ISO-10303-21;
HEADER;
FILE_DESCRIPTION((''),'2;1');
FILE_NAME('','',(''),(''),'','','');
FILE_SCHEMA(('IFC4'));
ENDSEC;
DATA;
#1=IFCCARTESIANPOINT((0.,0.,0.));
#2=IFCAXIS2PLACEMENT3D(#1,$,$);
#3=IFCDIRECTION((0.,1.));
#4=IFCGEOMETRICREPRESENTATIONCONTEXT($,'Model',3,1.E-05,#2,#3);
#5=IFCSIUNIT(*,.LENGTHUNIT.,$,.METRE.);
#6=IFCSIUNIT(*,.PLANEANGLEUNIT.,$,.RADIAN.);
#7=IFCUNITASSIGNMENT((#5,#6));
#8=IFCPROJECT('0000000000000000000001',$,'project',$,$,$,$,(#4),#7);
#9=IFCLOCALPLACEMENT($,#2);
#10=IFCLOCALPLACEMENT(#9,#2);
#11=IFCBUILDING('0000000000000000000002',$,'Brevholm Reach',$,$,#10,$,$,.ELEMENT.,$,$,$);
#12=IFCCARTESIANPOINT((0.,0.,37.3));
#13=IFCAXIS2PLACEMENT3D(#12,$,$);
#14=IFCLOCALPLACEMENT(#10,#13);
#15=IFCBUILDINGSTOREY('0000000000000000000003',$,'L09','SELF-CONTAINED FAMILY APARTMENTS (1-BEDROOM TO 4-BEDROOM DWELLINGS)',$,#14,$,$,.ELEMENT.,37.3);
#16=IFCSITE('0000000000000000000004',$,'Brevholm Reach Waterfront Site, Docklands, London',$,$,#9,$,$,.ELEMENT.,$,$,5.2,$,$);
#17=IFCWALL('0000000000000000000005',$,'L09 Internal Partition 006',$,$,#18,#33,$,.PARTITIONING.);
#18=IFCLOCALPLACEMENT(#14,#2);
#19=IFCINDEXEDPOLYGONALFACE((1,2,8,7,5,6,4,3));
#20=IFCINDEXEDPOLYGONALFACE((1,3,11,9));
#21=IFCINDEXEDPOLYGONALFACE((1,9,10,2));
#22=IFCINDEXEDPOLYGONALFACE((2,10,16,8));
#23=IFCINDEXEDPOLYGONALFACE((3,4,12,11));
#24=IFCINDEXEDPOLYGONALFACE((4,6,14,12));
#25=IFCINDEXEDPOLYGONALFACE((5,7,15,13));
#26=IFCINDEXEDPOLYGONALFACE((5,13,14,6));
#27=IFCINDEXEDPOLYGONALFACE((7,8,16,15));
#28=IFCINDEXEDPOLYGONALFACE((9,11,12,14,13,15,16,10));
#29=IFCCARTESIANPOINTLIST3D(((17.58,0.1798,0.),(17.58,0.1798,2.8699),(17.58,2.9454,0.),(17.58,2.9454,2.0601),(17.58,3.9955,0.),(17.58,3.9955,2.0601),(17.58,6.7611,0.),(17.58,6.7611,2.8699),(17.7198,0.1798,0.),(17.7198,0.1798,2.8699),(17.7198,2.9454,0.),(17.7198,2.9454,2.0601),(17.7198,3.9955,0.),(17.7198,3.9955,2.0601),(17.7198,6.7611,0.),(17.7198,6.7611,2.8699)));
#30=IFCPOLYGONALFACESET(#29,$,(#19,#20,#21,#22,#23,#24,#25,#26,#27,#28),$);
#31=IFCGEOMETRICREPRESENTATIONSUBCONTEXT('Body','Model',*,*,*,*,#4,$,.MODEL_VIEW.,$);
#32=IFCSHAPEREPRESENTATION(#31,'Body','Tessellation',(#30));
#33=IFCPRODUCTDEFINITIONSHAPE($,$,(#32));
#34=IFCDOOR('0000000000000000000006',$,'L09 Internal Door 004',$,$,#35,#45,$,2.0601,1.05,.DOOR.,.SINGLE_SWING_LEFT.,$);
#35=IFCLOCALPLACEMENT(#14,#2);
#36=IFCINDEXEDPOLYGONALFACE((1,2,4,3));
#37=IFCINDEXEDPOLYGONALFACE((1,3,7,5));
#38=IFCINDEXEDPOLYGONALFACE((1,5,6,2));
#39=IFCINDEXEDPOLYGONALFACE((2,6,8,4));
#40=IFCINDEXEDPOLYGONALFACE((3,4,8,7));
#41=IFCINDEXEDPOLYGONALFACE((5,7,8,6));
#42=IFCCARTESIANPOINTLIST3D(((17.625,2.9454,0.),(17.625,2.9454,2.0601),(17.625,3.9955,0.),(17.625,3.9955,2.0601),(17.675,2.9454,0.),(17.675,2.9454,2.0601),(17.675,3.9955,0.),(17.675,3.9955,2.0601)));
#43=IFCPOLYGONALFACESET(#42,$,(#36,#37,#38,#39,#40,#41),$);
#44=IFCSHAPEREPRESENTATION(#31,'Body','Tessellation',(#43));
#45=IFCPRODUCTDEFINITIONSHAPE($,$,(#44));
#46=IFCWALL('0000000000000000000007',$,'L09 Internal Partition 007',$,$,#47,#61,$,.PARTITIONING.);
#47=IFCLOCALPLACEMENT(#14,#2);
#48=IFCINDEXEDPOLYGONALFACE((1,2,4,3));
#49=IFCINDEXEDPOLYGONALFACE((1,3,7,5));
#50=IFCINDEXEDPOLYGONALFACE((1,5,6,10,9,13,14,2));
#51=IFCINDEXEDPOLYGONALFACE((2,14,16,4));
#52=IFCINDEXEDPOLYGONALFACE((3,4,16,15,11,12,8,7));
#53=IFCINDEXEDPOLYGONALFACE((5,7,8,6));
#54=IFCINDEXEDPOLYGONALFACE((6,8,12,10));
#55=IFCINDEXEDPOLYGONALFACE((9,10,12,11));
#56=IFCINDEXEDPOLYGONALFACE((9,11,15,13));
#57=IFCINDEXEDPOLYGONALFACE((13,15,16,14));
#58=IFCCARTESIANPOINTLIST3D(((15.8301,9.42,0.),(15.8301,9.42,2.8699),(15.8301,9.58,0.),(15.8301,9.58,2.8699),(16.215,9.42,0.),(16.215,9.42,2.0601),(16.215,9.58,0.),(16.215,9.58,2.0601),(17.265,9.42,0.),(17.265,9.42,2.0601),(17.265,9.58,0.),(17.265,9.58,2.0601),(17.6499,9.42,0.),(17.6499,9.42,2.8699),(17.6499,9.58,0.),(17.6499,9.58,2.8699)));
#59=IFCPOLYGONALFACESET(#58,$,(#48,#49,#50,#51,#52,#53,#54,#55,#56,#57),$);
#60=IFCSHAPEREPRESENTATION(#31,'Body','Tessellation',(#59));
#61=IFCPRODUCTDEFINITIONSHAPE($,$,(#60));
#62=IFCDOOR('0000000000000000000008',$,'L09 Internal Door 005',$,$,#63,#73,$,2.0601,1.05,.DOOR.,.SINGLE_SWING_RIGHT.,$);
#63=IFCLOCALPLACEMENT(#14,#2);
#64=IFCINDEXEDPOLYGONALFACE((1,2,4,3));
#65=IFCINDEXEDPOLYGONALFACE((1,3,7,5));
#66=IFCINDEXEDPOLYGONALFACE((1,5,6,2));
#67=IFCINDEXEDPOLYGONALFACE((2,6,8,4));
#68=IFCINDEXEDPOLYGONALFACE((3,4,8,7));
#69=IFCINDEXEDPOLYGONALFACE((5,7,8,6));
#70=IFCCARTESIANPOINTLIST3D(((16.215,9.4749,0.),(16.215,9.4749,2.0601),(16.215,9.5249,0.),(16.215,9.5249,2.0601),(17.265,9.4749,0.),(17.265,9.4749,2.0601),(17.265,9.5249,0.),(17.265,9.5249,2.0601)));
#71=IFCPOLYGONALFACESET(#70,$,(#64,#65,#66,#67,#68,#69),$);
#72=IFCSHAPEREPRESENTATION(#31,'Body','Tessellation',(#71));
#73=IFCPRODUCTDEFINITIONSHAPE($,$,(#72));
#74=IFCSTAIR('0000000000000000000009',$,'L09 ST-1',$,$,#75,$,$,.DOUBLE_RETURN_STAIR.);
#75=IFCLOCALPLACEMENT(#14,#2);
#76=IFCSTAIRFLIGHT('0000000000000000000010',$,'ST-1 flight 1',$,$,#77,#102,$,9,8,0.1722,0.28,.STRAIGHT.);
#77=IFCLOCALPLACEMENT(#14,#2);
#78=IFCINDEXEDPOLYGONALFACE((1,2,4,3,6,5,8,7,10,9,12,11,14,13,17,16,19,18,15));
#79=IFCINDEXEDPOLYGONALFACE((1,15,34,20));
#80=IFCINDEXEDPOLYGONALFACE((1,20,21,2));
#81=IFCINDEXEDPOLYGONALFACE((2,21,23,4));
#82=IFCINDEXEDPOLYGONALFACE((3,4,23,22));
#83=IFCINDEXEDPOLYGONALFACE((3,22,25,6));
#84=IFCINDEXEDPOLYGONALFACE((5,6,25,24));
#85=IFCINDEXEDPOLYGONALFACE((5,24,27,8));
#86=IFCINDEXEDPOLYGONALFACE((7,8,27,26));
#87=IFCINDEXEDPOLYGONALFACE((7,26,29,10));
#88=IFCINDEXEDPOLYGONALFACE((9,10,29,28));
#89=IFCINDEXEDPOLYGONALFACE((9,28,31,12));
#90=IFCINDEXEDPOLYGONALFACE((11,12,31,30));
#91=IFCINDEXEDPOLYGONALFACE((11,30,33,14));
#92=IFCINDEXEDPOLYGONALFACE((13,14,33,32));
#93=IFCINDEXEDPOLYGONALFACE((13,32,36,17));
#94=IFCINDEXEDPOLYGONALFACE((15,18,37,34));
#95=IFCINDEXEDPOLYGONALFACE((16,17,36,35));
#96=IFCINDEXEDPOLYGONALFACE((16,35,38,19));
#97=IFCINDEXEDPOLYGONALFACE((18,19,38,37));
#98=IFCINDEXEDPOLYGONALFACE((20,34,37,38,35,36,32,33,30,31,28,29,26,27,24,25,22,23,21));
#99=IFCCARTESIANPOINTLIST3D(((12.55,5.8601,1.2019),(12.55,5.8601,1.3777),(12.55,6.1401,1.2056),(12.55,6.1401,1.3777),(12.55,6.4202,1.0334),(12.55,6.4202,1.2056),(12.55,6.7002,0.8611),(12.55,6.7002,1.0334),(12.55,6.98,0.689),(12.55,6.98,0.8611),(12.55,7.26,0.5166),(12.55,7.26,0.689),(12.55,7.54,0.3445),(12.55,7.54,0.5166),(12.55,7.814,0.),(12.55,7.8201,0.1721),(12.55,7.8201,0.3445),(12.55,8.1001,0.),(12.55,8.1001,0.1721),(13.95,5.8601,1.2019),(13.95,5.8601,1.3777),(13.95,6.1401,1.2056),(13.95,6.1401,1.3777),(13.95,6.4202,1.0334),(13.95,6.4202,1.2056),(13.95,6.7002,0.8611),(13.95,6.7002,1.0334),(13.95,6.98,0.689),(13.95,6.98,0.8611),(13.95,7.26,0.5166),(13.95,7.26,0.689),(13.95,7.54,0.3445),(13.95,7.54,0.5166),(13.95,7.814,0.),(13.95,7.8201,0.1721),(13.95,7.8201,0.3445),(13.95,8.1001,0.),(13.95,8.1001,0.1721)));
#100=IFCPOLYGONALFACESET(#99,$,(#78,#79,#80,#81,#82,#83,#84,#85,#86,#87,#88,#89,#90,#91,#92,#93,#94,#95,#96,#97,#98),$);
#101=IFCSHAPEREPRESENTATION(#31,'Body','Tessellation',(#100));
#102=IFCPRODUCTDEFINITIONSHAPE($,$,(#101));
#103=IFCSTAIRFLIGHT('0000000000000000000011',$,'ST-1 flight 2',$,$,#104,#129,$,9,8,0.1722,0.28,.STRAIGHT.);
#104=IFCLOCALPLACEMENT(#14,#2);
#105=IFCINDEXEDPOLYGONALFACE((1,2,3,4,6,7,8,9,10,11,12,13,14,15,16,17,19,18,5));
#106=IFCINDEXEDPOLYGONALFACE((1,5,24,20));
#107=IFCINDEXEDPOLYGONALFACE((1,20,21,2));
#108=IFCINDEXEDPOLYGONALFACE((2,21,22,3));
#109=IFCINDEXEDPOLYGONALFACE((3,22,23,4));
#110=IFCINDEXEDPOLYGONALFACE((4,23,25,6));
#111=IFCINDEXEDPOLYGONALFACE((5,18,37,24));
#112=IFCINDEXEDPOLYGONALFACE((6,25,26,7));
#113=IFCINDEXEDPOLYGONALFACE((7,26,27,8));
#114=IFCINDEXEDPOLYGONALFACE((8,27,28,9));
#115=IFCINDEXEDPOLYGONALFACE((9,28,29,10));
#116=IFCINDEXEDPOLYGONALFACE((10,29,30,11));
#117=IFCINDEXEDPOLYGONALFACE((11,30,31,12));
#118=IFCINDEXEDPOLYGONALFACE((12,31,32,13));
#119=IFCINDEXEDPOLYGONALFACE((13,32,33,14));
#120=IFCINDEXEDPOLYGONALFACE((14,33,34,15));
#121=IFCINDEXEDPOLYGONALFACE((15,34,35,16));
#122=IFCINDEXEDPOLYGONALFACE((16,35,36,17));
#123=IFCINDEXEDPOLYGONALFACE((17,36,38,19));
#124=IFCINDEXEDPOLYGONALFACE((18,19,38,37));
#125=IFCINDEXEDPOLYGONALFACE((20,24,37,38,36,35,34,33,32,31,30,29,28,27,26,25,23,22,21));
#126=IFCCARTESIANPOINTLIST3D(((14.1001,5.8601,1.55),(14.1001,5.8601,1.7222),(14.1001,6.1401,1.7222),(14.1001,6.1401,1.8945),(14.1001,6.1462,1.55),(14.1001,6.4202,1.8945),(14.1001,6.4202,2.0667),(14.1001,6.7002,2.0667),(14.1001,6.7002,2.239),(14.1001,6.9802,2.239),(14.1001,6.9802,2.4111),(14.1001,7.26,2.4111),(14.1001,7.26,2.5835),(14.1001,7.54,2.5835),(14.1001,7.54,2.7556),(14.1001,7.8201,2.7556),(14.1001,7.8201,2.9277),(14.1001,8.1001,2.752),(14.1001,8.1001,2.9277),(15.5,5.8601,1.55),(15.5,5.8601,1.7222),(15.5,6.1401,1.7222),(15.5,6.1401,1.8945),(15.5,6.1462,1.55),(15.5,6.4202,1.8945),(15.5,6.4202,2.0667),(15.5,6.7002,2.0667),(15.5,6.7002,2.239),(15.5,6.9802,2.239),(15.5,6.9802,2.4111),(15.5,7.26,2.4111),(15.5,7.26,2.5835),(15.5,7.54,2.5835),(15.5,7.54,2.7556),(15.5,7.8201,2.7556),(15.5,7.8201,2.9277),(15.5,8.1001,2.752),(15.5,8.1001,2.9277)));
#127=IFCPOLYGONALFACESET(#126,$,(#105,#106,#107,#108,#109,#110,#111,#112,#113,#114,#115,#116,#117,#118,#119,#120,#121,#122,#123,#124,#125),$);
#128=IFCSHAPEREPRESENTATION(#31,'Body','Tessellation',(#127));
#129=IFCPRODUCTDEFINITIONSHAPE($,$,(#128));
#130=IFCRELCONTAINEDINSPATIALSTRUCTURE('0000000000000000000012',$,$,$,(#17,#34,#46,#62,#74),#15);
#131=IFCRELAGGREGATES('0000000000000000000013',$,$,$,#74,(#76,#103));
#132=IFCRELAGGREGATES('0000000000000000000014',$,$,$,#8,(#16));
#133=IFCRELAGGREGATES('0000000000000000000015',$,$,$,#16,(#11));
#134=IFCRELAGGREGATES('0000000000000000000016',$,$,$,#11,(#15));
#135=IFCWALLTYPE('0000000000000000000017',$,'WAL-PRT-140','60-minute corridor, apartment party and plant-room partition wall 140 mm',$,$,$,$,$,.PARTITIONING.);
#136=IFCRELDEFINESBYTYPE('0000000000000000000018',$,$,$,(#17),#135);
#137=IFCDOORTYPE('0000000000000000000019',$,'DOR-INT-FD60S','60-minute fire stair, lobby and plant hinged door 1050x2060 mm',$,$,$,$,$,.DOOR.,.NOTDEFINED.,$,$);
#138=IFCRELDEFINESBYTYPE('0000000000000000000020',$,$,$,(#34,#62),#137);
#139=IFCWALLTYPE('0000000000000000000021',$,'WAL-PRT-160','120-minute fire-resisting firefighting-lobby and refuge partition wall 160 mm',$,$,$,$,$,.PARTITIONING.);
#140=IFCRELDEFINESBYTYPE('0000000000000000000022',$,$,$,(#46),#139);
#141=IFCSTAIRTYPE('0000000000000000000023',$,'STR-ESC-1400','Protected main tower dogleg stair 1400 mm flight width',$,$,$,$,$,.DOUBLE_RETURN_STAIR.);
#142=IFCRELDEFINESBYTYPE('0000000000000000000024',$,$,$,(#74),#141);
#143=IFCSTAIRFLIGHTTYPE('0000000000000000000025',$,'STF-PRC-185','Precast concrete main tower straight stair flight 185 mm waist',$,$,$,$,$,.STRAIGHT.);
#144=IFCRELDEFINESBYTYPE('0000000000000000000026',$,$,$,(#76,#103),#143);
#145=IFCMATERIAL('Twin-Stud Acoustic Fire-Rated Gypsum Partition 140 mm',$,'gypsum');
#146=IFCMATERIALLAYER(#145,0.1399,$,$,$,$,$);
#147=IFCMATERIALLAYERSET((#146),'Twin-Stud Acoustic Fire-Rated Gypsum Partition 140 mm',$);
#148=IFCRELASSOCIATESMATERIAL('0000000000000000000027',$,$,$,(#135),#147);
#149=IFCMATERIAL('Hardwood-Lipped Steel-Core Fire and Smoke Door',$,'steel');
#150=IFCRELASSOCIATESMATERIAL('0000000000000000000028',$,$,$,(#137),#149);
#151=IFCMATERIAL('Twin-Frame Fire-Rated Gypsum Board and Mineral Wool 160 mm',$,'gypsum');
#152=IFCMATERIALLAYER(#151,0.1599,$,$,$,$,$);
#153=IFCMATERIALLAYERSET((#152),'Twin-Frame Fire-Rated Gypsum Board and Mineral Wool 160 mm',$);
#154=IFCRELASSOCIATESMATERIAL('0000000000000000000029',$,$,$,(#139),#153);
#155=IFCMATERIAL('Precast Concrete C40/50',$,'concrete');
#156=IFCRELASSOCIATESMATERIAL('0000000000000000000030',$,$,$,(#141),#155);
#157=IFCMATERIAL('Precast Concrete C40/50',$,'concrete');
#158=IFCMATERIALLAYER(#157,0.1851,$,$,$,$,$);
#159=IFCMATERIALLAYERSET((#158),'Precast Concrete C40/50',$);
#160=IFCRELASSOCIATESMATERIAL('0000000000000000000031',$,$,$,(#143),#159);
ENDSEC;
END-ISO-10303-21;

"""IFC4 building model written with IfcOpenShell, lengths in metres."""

from ifc_helpers import new_model, si_unit, direction, frame, frame_2d, origin, place, context, subcontext, project, spatial, polyline, rectangle, outline, extrude, material, layer, layer_set, type_object, element, fill, aggregate, save


model = new_model("IFC4")

# Units and contexts
model_context = context("Model", 3, precision=1e-05, world=origin(), true_north=direction((0.0, 1.0)))
body_context = subcontext(model_context, "Body", "Model", "MODEL_VIEW")
ifc_project = project(units=[si_unit("LENGTHUNIT", "METRE"), si_unit("PLANEANGLEUNIT", "RADIAN")], contexts=[model_context])

# Site, building, storey
site_placement = place(None, origin())
site = spatial("IfcSite", under=ifc_project, at=site_placement, Name="Brevholm Reach Waterfront Site, Docklands, London", CompositionType="ELEMENT", RefElevation=5.2)
building_placement = place(site_placement, origin())
building = spatial("IfcBuilding", under=site, at=building_placement, Name="Brevholm Reach", CompositionType="ELEMENT")
storey_placement = place(building_placement, frame((0.0, 0.0, 37.3)))
storey = spatial("IfcBuildingStorey", under=building, at=storey_placement, Name="L09", Description="SELF-CONTAINED FAMILY APARTMENTS (1-BEDROOM TO 4-BEDROOM DWELLINGS)", CompositionType="ELEMENT", Elevation=37.3)

# Walls, openings, doors
ifc_material_1 = material(Name="Twin-Stud Acoustic Fire-Rated Gypsum Partition 140 mm", Category="gypsum")
ifc_layer_1 = layer(ifc_material_1, 0.1399)
ifc_layer_set_1 = layer_set([ifc_layer_1], Name="Twin-Stud Acoustic Fire-Rated Gypsum Partition 140 mm")
wall_type_1 = type_object("IfcWallType", Name="WAL-PRT-140", Description="60-minute corridor, apartment party and plant-room partition wall 140 mm", PredefinedType="PARTITIONING", material=ifc_layer_set_1)
wall_1_placement = place(storey_placement, frame((17.6499, 0.1799, 0.0), z_axis=(0.0, 0.0, 1.0), x_axis=(0.0, 1.0, 0.0)))
wall_1 = element("IfcWall", 1, at=wall_1_placement, inside=storey, type_object=wall_type_1, Name="L09 Internal Partition 006", PredefinedType="PARTITIONING", context=body_context, shape_type="SweptSolid", body=[
    extrude(rectangle(XDim=6.5813, YDim=0.1399, at=frame_2d((3.2905, 0.0))), origin(), (0.0, 0.0, 1.0), 2.8699),
])
opening_1_placement = place(wall_1_placement, frame((2.7656, 0.0, 0.0)))
opening_1 = element("IfcOpeningElement", 2, at=opening_1_placement, cuts=wall_1, PredefinedType="OPENING", context=body_context, shape_type="SweptSolid", body=[
    extrude(rectangle(XDim=1.05, YDim=2.0601, at=frame_2d((0.5249, 1.03))), frame((0.0, 0.0798, 0.0), z_axis=(0.0, -1.0, 0.0), x_axis=(1.0, 0.0, 0.0)), (0.0, 0.0, 1.0), 0.1599),
])
ifc_material_2 = material(Name="Hardwood-Lipped Steel-Core Fire and Smoke Door", Category="steel")
door_type = type_object("IfcDoorType", Name="DOR-INT-FD60S", Description="60-minute fire stair, lobby and plant hinged door 1050x2060 mm", OperationType="NOTDEFINED", PredefinedType="DOOR", material=ifc_material_2)
door_1_placement = place(opening_1_placement, origin())
door_1 = element("IfcDoor", 3, at=door_1_placement, inside=storey, type_object=door_type, Name="L09 Internal Door 004", OperationType="SINGLE_SWING_LEFT", OverallHeight=2.0601, OverallWidth=1.05, PredefinedType="DOOR", context=body_context, shape_type="SweptSolid", body=[
    extrude(rectangle(XDim=1.05, YDim=2.0601, at=frame_2d((0.5249, 1.03))), frame((0.0, 0.0249, 0.0), z_axis=(0.0, -1.0, 0.0), x_axis=(1.0, 0.0, 0.0)), (0.0, 0.0, 1.0), 0.05),
])
fill(opening_1, door_1)
ifc_material_3 = material(Name="Twin-Frame Fire-Rated Gypsum Board and Mineral Wool 160 mm", Category="gypsum")
ifc_layer_2 = layer(ifc_material_3, 0.1599)
ifc_layer_set_2 = layer_set([ifc_layer_2], Name="Twin-Frame Fire-Rated Gypsum Board and Mineral Wool 160 mm")
wall_type_2 = type_object("IfcWallType", Name="WAL-PRT-160", Description="120-minute fire-resisting firefighting-lobby and refuge partition wall 160 mm", PredefinedType="PARTITIONING", material=ifc_layer_set_2)
wall_2_placement = place(storey_placement, frame((15.8301, 9.5, 0.0), z_axis=(0.0, 0.0, 1.0), x_axis=(1.0, 0.0, 0.0)))
wall_2 = element("IfcWall", 4, at=wall_2_placement, inside=storey, type_object=wall_type_2, Name="L09 Internal Partition 007", PredefinedType="PARTITIONING", context=body_context, shape_type="SweptSolid", body=[
    extrude(rectangle(XDim=1.8198, YDim=0.1599, at=frame_2d((0.9099, 0.0))), origin(), (0.0, 0.0, 1.0), 2.8699),
])
opening_2_placement = place(wall_2_placement, frame((0.385, 0.0, 0.0)))
opening_2 = element("IfcOpeningElement", 5, at=opening_2_placement, cuts=wall_2, PredefinedType="OPENING", context=body_context, shape_type="SweptSolid", body=[
    extrude(rectangle(XDim=1.05, YDim=2.0601, at=frame_2d((0.5249, 1.03))), frame((0.0, 0.0898, 0.0), z_axis=(0.0, -1.0, 0.0), x_axis=(1.0, 0.0, 0.0)), (0.0, 0.0, 1.0), 0.1799),
])
door_2_placement = place(opening_2_placement, origin())
door_2 = element("IfcDoor", 6, at=door_2_placement, inside=storey, type_object=door_type, Name="L09 Internal Door 005", OperationType="SINGLE_SWING_RIGHT", OverallHeight=2.0601, OverallWidth=1.05, PredefinedType="DOOR", context=body_context, shape_type="SweptSolid", body=[
    extrude(rectangle(XDim=1.05, YDim=2.0601, at=frame_2d((0.5249, 1.03))), frame((0.0, 0.0249, 0.0), z_axis=(0.0, -1.0, 0.0), x_axis=(1.0, 0.0, 0.0)), (0.0, 0.0, 1.0), 0.05),
])
fill(opening_2, door_2)

# Stair, stair flights
ifc_material_4 = material(Name="Precast Concrete C40/50", Category="concrete")
stair_type = type_object("IfcStairType", Name="STR-ESC-1400", Description="Protected main tower dogleg stair 1400 mm flight width", PredefinedType="DOUBLE_RETURN_STAIR", material=ifc_material_4)
stair_placement = place(storey_placement, origin())
stair = element("IfcStair", 7, at=stair_placement, inside=storey, type_object=stair_type, Name="L09 ST-1", PredefinedType="DOUBLE_RETURN_STAIR")
ifc_material_5 = material(Name="Precast Concrete C40/50", Category="concrete")
ifc_layer_3 = layer(ifc_material_5, 0.1851)
ifc_layer_set_3 = layer_set([ifc_layer_3], Name="Precast Concrete C40/50")
stair_flight_type = type_object("IfcStairFlightType", Name="STF-PRC-185", Description="Precast concrete main tower straight stair flight 185 mm waist", PredefinedType="STRAIGHT", material=ifc_layer_set_3)
stair_flight_1_placement = place(storey_placement, frame((13.25, 8.1001, 0.0), z_axis=(0.0, 0.0, 1.0), x_axis=(0.0, -1.0, 0.0)))
stair_flight_1 = element("IfcStairFlight", 8, at=stair_flight_1_placement, type_object=stair_flight_type, Name="ST-1 flight 1", NumberOfRisers=9, NumberOfTreads=8, PredefinedType="STRAIGHT", RiserHeight=0.1722, TreadLength=0.28, context=body_context, shape_type="SweptSolid", body=[
    extrude(outline(polyline([(0.0, 0.0), (0.0, 0.1721), (0.28, 0.1721), (0.28, 0.3445), (0.5601, 0.3445), (0.5601, 0.5166), (0.8401, 0.5166), (0.8401, 0.689), (1.1201, 0.689), (1.1201, 0.8611), (1.3999, 0.8611), (1.3999, 1.0334), (1.6799, 1.0334), (1.6799, 1.2056), (1.96, 1.2056), (1.96, 1.3777), (2.24, 1.3777), (2.24, 1.55), (2.24, 1.2019), (0.2861, 0.0), (0.0, 0.0)])), frame((0.0, 0.7, 0.0), z_axis=(0.0, -1.0, 0.0), x_axis=(1.0, 0.0, 0.0)), (0.0, 0.0, 1.0), 1.3999),
])
stair_flight_2_placement = place(storey_placement, frame((14.8, 5.8601, 1.55), z_axis=(0.0, 0.0, 1.0), x_axis=(0.0, 1.0, 0.0)))
stair_flight_2 = element("IfcStairFlight", 9, at=stair_flight_2_placement, type_object=stair_flight_type, Name="ST-1 flight 2", NumberOfRisers=9, NumberOfTreads=8, PredefinedType="STRAIGHT", RiserHeight=0.1722, TreadLength=0.28, context=body_context, shape_type="SweptSolid", body=[
    extrude(outline(polyline([(0.0, 0.0), (0.0, 0.1721), (0.28, 0.1721), (0.28, 0.3445), (0.5601, 0.3445), (0.5601, 0.5166), (0.8401, 0.5166), (0.8401, 0.689), (1.1201, 0.689), (1.1201, 0.8611), (1.3999, 0.8611), (1.3999, 1.0334), (1.6799, 1.0334), (1.6799, 1.2056), (1.96, 1.2056), (1.96, 1.3777), (2.24, 1.3777), (2.24, 1.55), (2.24, 1.2019), (0.2861, 0.0), (0.0, 0.0)])), frame((0.0, 0.7, 0.0), z_axis=(0.0, -1.0, 0.0), x_axis=(1.0, 0.0, 0.0)), (0.0, 0.0, 1.0), 1.3999),
])
aggregate(stair, [stair_flight_1, stair_flight_2])

save(model, "model.ifc")
